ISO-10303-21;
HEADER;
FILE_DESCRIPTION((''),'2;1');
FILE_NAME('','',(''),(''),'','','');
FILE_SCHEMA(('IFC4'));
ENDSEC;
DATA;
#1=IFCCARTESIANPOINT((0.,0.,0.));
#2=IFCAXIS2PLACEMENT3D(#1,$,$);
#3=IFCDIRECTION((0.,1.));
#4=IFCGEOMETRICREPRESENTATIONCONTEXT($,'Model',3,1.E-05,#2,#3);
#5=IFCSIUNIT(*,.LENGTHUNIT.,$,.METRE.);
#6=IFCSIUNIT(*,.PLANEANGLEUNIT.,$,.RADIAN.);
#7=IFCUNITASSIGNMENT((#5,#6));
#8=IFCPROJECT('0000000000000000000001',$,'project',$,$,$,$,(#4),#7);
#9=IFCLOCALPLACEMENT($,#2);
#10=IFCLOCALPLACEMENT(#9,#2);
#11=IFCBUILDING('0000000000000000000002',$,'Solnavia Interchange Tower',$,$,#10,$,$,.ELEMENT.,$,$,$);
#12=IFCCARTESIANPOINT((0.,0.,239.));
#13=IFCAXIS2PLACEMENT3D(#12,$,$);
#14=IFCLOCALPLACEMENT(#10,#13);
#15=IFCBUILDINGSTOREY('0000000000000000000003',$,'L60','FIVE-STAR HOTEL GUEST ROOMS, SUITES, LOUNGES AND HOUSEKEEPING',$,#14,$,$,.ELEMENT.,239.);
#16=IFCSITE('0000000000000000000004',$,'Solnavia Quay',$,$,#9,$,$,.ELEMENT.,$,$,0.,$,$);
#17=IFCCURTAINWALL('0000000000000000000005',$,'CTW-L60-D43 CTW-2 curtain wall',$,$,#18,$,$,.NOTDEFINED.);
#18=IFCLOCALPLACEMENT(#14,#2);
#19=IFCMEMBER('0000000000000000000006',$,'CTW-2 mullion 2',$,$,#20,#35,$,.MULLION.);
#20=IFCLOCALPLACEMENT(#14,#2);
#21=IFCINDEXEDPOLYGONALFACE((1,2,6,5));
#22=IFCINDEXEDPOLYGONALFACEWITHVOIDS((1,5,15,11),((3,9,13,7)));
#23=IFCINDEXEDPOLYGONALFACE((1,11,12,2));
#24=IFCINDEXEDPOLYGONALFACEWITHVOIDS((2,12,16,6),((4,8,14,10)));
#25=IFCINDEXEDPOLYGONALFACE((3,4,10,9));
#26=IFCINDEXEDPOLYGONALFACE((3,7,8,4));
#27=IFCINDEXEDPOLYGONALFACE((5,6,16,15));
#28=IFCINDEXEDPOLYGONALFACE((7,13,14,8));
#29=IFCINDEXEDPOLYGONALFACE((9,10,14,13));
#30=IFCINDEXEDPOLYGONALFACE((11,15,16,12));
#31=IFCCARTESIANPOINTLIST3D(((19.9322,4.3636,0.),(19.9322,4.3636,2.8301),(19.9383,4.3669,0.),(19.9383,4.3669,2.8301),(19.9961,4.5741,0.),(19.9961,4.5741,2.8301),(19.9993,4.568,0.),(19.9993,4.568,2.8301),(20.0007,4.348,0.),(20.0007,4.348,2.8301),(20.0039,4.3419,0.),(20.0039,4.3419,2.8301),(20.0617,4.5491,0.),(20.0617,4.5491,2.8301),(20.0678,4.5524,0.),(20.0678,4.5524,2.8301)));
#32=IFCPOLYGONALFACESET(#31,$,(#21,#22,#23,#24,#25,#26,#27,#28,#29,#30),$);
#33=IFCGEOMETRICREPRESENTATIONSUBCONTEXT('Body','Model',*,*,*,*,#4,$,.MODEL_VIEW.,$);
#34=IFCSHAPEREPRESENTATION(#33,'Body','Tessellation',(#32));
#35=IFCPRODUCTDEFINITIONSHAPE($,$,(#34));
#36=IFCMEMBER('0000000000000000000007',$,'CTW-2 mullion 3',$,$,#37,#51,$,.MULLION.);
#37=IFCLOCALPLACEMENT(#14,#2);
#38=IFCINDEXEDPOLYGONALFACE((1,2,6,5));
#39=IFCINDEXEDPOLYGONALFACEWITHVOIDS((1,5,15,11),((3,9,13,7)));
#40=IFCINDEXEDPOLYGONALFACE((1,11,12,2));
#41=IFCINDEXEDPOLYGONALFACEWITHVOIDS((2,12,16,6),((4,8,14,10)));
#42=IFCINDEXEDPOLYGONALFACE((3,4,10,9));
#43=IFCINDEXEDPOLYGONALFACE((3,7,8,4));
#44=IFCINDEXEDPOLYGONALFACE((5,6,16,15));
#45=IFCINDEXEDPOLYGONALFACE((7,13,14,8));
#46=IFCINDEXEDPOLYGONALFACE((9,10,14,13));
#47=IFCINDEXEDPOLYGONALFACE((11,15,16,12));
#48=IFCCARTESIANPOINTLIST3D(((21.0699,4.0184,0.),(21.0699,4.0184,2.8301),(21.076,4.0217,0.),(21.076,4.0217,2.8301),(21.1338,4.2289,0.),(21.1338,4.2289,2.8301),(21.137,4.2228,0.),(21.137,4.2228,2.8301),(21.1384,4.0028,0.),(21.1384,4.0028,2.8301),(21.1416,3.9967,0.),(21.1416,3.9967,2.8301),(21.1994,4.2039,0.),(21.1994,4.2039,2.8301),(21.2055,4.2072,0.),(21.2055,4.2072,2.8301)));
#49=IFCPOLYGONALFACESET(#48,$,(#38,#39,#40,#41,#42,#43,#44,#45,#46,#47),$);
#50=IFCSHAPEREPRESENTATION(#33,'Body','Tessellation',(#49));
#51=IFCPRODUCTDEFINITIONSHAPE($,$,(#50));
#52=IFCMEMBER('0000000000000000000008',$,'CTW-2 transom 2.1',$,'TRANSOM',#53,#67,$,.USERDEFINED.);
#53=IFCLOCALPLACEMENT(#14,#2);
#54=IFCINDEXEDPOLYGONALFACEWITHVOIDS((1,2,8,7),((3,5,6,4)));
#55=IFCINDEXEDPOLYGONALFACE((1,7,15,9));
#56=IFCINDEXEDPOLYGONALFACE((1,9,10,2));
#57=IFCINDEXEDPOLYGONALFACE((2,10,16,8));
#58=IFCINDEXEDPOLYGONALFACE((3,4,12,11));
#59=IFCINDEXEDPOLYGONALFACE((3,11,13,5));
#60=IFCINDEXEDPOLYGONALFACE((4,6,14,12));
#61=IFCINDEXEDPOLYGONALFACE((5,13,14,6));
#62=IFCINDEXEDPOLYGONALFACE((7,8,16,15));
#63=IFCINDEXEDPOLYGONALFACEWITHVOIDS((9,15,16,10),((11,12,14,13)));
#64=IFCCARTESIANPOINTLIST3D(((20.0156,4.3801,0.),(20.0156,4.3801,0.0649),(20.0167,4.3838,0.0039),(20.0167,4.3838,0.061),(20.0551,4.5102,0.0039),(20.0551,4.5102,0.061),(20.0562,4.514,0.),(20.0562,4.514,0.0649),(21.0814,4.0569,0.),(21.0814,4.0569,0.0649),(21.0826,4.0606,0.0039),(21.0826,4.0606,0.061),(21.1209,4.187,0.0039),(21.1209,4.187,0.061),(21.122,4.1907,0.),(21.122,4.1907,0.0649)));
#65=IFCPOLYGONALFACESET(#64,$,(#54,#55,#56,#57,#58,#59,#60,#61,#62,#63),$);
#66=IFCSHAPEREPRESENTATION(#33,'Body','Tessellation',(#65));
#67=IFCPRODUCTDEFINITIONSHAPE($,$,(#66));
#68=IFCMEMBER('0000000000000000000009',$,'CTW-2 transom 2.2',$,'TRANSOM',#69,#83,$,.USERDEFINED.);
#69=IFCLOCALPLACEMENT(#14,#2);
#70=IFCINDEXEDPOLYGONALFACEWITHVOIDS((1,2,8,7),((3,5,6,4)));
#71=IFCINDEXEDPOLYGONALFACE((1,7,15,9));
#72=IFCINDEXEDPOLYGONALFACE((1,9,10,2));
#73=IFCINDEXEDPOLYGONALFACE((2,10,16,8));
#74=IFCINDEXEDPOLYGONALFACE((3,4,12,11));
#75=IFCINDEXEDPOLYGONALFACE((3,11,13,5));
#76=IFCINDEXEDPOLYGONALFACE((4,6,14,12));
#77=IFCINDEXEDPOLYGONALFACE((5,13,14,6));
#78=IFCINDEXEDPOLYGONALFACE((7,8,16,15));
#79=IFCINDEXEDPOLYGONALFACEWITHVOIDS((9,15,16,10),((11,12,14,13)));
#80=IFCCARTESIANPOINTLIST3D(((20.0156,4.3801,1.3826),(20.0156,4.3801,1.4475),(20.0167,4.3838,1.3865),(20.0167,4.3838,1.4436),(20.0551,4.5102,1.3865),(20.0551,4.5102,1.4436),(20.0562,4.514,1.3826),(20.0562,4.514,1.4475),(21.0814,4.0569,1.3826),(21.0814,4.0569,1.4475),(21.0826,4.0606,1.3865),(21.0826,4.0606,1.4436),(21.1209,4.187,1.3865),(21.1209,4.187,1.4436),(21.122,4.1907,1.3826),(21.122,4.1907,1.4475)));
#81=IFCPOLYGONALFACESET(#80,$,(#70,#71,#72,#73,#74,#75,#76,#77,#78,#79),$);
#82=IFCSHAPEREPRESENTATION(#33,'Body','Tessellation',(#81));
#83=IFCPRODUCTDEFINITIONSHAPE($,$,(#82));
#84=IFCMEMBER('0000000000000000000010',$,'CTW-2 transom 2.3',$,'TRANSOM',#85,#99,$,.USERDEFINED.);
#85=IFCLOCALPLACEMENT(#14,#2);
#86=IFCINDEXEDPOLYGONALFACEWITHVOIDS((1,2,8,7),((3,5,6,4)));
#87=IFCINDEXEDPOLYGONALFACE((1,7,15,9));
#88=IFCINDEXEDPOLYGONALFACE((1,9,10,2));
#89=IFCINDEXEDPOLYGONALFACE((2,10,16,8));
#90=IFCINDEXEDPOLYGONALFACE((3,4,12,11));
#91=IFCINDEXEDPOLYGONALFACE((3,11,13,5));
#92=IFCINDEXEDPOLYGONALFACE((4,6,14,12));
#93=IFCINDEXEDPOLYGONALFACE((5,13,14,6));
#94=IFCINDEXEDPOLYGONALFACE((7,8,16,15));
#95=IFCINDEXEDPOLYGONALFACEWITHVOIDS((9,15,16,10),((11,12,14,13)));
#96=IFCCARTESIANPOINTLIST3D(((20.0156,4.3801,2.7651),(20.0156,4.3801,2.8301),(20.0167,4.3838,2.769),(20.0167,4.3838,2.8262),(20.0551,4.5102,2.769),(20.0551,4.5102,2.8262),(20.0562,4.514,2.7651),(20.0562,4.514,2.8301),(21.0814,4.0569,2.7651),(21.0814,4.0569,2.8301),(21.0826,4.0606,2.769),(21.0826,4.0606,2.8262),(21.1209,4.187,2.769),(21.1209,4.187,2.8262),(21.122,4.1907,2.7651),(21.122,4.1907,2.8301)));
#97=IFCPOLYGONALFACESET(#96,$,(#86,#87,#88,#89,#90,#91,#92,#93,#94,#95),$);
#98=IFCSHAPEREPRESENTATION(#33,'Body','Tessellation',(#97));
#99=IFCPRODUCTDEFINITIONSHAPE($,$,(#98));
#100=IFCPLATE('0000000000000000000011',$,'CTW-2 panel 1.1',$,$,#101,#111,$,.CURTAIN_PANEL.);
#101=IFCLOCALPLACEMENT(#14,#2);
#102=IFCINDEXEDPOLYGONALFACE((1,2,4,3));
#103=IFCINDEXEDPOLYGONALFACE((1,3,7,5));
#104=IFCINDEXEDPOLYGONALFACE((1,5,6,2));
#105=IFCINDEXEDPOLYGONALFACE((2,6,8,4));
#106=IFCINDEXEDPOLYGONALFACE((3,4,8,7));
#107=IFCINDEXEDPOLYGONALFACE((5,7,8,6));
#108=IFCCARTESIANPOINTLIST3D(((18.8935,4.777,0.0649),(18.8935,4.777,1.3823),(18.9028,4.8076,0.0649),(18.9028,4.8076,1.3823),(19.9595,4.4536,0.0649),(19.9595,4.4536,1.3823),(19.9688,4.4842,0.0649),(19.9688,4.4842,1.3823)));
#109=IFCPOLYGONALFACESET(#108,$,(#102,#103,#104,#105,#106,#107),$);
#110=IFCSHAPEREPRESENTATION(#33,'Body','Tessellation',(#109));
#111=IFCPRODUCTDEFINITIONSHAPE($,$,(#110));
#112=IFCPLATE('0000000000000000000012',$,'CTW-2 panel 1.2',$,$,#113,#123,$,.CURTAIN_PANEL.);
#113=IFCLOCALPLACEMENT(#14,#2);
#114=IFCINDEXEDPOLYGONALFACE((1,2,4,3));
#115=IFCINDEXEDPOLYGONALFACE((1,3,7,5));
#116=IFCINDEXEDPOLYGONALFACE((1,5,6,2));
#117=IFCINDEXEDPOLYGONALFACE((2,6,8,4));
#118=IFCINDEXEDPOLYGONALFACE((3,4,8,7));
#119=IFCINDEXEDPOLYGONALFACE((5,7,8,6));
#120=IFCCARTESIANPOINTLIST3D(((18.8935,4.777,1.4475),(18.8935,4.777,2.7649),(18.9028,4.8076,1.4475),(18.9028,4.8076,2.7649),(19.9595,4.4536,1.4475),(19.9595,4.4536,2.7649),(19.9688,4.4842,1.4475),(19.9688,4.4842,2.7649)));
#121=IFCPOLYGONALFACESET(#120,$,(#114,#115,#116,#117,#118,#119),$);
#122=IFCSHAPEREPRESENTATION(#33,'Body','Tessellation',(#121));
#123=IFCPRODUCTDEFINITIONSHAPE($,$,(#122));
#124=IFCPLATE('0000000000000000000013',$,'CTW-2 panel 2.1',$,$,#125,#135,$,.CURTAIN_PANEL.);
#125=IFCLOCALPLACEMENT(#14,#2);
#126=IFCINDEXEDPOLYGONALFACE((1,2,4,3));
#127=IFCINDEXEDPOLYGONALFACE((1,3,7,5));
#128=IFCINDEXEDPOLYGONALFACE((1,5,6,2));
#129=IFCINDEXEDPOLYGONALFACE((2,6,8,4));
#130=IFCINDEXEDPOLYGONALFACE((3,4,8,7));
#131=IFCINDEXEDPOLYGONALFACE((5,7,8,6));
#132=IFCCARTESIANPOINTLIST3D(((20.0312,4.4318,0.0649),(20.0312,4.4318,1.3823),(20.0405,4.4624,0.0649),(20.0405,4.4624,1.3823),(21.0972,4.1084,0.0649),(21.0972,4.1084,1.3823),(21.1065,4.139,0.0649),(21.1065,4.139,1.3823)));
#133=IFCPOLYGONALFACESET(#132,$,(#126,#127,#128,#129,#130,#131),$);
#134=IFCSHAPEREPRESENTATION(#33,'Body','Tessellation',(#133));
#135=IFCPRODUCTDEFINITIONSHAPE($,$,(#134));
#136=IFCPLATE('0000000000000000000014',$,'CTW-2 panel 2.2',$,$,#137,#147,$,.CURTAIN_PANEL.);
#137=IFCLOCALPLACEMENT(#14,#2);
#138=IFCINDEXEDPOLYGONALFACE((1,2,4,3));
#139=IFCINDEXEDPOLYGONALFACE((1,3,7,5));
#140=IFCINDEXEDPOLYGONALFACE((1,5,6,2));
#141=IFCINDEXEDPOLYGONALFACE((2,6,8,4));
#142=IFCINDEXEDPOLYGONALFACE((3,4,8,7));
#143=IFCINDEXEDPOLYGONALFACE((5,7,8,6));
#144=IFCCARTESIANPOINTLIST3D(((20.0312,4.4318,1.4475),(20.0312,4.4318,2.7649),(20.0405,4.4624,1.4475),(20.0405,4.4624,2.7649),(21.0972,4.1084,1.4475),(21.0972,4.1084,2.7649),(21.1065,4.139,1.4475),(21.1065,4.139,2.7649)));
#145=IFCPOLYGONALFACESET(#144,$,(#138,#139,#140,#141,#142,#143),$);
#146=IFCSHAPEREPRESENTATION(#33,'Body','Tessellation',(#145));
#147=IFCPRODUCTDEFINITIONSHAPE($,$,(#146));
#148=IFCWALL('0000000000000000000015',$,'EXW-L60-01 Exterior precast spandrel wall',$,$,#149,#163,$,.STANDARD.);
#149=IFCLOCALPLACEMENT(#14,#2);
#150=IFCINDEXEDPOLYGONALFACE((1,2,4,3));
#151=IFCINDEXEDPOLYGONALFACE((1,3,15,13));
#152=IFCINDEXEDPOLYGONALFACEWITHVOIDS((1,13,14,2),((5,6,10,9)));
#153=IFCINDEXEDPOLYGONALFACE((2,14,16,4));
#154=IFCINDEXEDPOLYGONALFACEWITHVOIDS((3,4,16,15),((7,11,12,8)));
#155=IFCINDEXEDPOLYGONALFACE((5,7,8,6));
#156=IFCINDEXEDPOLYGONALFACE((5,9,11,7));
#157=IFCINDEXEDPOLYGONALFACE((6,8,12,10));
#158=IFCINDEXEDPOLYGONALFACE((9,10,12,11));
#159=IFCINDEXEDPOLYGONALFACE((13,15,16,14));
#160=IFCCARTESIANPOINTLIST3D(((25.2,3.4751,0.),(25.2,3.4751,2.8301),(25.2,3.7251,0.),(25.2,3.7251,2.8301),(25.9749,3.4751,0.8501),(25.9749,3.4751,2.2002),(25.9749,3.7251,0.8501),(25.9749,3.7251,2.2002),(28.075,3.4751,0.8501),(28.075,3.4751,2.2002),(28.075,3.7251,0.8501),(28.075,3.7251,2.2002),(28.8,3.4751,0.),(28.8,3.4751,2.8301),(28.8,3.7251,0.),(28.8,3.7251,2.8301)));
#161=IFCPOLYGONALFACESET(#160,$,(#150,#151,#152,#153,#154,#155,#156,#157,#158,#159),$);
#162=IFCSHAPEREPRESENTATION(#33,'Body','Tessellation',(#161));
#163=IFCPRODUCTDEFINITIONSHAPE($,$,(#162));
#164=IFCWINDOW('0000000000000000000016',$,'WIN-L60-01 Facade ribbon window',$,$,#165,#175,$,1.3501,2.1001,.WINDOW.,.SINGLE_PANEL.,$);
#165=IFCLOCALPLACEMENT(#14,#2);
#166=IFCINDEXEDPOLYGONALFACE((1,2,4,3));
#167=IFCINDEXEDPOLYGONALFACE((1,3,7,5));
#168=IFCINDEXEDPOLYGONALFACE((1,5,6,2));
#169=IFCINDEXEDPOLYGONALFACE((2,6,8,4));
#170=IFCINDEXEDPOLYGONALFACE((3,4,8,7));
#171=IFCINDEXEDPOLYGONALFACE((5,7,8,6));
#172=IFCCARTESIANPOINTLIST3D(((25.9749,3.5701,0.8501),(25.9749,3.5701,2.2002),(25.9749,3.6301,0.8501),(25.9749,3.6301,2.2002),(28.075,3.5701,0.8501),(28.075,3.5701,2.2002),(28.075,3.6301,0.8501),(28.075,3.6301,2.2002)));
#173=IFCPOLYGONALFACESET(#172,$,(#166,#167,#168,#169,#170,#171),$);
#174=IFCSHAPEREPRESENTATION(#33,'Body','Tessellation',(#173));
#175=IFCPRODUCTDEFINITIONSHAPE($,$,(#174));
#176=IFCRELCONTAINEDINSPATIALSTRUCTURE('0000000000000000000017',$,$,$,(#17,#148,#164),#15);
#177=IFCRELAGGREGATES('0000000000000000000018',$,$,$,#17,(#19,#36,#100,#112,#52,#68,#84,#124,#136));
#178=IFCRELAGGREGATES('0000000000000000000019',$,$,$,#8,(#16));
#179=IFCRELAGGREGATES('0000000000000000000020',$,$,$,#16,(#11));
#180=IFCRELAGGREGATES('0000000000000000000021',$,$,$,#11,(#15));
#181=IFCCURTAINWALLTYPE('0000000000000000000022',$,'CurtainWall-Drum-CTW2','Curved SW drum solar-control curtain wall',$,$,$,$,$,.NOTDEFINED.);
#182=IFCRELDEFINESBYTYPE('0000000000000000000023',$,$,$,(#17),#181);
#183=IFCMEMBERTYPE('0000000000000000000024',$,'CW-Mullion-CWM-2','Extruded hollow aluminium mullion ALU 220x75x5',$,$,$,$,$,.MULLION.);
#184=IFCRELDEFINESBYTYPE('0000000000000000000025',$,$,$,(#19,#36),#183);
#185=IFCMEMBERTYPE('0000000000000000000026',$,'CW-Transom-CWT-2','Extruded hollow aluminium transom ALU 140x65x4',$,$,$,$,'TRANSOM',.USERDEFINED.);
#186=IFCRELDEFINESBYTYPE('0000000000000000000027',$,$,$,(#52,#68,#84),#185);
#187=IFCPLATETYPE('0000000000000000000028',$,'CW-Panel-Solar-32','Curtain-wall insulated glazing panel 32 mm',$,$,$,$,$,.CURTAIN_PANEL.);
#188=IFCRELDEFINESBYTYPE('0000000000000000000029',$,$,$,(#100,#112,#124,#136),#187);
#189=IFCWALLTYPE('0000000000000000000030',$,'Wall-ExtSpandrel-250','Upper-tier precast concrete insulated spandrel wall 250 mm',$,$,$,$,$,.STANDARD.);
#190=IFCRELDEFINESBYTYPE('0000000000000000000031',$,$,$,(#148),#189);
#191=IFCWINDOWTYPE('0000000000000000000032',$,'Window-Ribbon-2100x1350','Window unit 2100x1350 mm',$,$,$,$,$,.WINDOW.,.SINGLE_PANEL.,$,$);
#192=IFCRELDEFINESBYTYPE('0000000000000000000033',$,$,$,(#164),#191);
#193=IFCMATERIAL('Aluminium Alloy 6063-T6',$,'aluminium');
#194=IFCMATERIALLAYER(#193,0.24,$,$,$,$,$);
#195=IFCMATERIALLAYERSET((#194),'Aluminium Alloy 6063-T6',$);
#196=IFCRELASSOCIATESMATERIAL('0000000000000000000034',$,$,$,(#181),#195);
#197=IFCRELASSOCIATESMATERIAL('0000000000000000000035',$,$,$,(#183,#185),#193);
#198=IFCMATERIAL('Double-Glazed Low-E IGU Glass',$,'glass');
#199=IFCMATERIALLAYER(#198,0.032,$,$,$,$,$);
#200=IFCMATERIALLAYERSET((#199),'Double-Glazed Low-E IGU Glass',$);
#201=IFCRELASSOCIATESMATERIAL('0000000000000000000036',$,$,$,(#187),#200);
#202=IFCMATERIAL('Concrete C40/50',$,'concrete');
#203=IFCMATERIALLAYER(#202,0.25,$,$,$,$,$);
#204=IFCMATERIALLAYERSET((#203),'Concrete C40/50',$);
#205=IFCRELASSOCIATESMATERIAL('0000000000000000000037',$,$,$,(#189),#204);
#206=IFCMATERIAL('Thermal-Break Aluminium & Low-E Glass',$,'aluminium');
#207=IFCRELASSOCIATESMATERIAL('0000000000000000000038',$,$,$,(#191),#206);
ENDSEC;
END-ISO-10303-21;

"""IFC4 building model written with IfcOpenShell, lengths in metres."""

from ifc_helpers import new_model, si_unit, direction, frame, frame_2d, origin, origin_2d, place, context, subcontext, project, spatial, rectangle, hollow_rectangle, extrude, material, layer, layer_set, material_profile, profile_set, type_object, element, fill, aggregate, save


model = new_model("IFC4")

# Units and contexts
model_context = context("Model", 3, precision=1e-05, world=origin(), true_north=direction((0.0, 1.0)))
body_context = subcontext(model_context, "Body", "Model", "MODEL_VIEW")
ifc_project = project(units=[si_unit("LENGTHUNIT", "METRE"), si_unit("PLANEANGLEUNIT", "RADIAN")], contexts=[model_context])

# Site, building, storey
site_placement = place(None, origin())
site = spatial("IfcSite", under=ifc_project, at=site_placement, Name="Solnavia Quay", CompositionType="ELEMENT", RefElevation=0.0)
building_placement = place(site_placement, origin())
building = spatial("IfcBuilding", under=site, at=building_placement, Name="Solnavia Interchange Tower", CompositionType="ELEMENT")
storey_placement = place(building_placement, frame((0.0, 0.0, 239.0)))
storey = spatial("IfcBuildingStorey", under=building, at=storey_placement, Name="L60", Description="FIVE-STAR HOTEL GUEST ROOMS, SUITES, LOUNGES AND HOUSEKEEPING", CompositionType="ELEMENT", Elevation=239.0)

# Curtain wall, members, plates
ifc_material_1 = material(Name="Aluminium Alloy 6063-T6", Category="aluminium")
ifc_layer_1 = layer(ifc_material_1, 0.24)
ifc_layer_set_1 = layer_set([ifc_layer_1], Name="Aluminium Alloy 6063-T6")
curtain_wall_type = type_object("IfcCurtainWallType", Name="CurtainWall-Drum-CTW2", Description="Curved SW drum solar-control curtain wall", PredefinedType="NOTDEFINED", material=ifc_layer_set_1)
curtain_wall_placement = place(storey_placement, origin())
curtain_wall = element("IfcCurtainWall", 1, at=curtain_wall_placement, inside=storey, type_object=curtain_wall_type, Name="CTW-L60-D43 CTW-2 curtain wall", PredefinedType="NOTDEFINED")
ifc_material_profile_1 = material_profile(ifc_material_1, hollow_rectangle(XDim=0.075, YDim=0.22, WallThickness=0.0049, at=origin_2d()), Name="ALU 220x75x5")
ifc_profile_set_1 = profile_set([ifc_material_profile_1], Name="Aluminium Alloy 6063-T6")
member_type_1 = type_object("IfcMemberType", Name="CW-Mullion-CWM-2", Description="Extruded hollow aluminium mullion ALU 220x75x5", PredefinedType="MULLION", material=ifc_profile_set_1)
member_1_placement = place(storey_placement, frame((20.0, 4.458, 0.0), z_axis=(0.0, 0.0, 1.0), x_axis=(0.956942, -0.290279, 0.0)))
member_1 = element("IfcMember", 2, at=member_1_placement, type_object=member_type_1, Name="CTW-2 mullion 2", PredefinedType="MULLION", context=body_context, shape_type="SweptSolid", body=[
    extrude(hollow_rectangle(XDim=0.075, YDim=0.22, WallThickness=0.0049, at=origin_2d()), origin(), (0.0, 0.0, 1.0), 2.8301),
])
member_2_placement = place(storey_placement, frame((21.1377, 4.1128, 0.0), z_axis=(0.0, 0.0, 1.0), x_axis=(0.956942, -0.290279, 0.0)))
member_2 = element("IfcMember", 3, at=member_2_placement, type_object=member_type_1, Name="CTW-2 mullion 3", PredefinedType="MULLION", context=body_context, shape_type="SweptSolid", body=[
    extrude(hollow_rectangle(XDim=0.075, YDim=0.22, WallThickness=0.0049, at=origin_2d()), origin(), (0.0, 0.0, 1.0), 2.8301),
])
ifc_material_profile_2 = material_profile(ifc_material_1, hollow_rectangle(XDim=0.0649, YDim=0.1399, WallThickness=0.0039, at=origin_2d()), Name="ALU 140x65x4")
ifc_profile_set_2 = profile_set([ifc_material_profile_2], Name="Aluminium Alloy 6063-T6")
member_type_2 = type_object("IfcMemberType", Name="CW-Transom-CWT-2", Description="Extruded hollow aluminium transom ALU 140x65x4", ElementType="TRANSOM", PredefinedType="USERDEFINED", material=ifc_profile_set_2)
member_3_placement = place(storey_placement, frame((20.0359, 4.447, 0.0325), z_axis=(0.956965, -0.290202, 0.0), x_axis=(0.0, 0.0, 1.0)))
member_3 = element("IfcMember", 4, at=member_3_placement, type_object=member_type_2, Name="CTW-2 transom 2.1", ObjectType="TRANSOM", PredefinedType="USERDEFINED", context=body_context, shape_type="SweptSolid", body=[
    extrude(hollow_rectangle(XDim=0.0649, YDim=0.1399, WallThickness=0.0039, at=origin_2d()), origin(), (0.0, 0.0, 1.0), 1.1138),
])
member_4_placement = place(storey_placement, frame((20.0359, 4.447, 1.415), z_axis=(0.956965, -0.290202, 0.0), x_axis=(0.0, 0.0, 1.0)))
member_4 = element("IfcMember", 5, at=member_4_placement, type_object=member_type_2, Name="CTW-2 transom 2.2", ObjectType="TRANSOM", PredefinedType="USERDEFINED", context=body_context, shape_type="SweptSolid", body=[
    extrude(hollow_rectangle(XDim=0.0649, YDim=0.1399, WallThickness=0.0039, at=origin_2d()), origin(), (0.0, 0.0, 1.0), 1.1138),
])
member_5_placement = place(storey_placement, frame((20.0359, 4.447, 2.7976), z_axis=(0.956965, -0.290202, 0.0), x_axis=(0.0, 0.0, 1.0)))
member_5 = element("IfcMember", 6, at=member_5_placement, type_object=member_type_2, Name="CTW-2 transom 2.3", ObjectType="TRANSOM", PredefinedType="USERDEFINED", context=body_context, shape_type="SweptSolid", body=[
    extrude(hollow_rectangle(XDim=0.0649, YDim=0.1399, WallThickness=0.0039, at=origin_2d()), origin(), (0.0, 0.0, 1.0), 1.1138),
])
ifc_material_2 = material(Name="Double-Glazed Low-E IGU Glass", Category="glass")
ifc_layer_2 = layer(ifc_material_2, 0.032)
ifc_layer_set_2 = layer_set([ifc_layer_2], Name="Double-Glazed Low-E IGU Glass")
plate_type = type_object("IfcPlateType", Name="CW-Panel-Solar-32", Description="Curtain-wall insulated glazing panel 32 mm", PredefinedType="CURTAIN_PANEL", material=ifc_layer_set_2)
plate_1_placement = place(storey_placement, frame((19.4312, 4.6306, 0.0649), z_axis=(0.0, 0.0, 1.0), x_axis=(0.956942, -0.290279, 0.0)))
plate_1 = element("IfcPlate", 7, at=plate_1_placement, type_object=plate_type, Name="CTW-2 panel 1.1", PredefinedType="CURTAIN_PANEL", context=body_context, shape_type="SweptSolid", body=[
    extrude(rectangle(XDim=1.114, YDim=0.032, at=origin_2d()), origin(), (0.0, 0.0, 1.0), 1.3174),
])
plate_2_placement = place(storey_placement, frame((19.4312, 4.6306, 1.4475), z_axis=(0.0, 0.0, 1.0), x_axis=(0.956942, -0.290279, 0.0)))
plate_2 = element("IfcPlate", 8, at=plate_2_placement, type_object=plate_type, Name="CTW-2 panel 1.2", PredefinedType="CURTAIN_PANEL", context=body_context, shape_type="SweptSolid", body=[
    extrude(rectangle(XDim=1.114, YDim=0.032, at=origin_2d()), origin(), (0.0, 0.0, 1.0), 1.3174),
])
plate_3_placement = place(storey_placement, frame((20.5688, 4.2854, 0.0649), z_axis=(0.0, 0.0, 1.0), x_axis=(0.956942, -0.290279, 0.0)))
plate_3 = element("IfcPlate", 9, at=plate_3_placement, type_object=plate_type, Name="CTW-2 panel 2.1", PredefinedType="CURTAIN_PANEL", context=body_context, shape_type="SweptSolid", body=[
    extrude(rectangle(XDim=1.114, YDim=0.032, at=origin_2d()), origin(), (0.0, 0.0, 1.0), 1.3174),
])
plate_4_placement = place(storey_placement, frame((20.5688, 4.2854, 1.4475), z_axis=(0.0, 0.0, 1.0), x_axis=(0.956942, -0.290279, 0.0)))
plate_4 = element("IfcPlate", 10, at=plate_4_placement, type_object=plate_type, Name="CTW-2 panel 2.2", PredefinedType="CURTAIN_PANEL", context=body_context, shape_type="SweptSolid", body=[
    extrude(rectangle(XDim=1.114, YDim=0.032, at=origin_2d()), origin(), (0.0, 0.0, 1.0), 1.3174),
])
aggregate(curtain_wall, [member_1, member_2, plate_1, plate_2, member_3, member_4, member_5, plate_3, plate_4])

# Wall, opening, window
ifc_material_3 = material(Name="Concrete C40/50", Category="concrete")
ifc_layer_3 = layer(ifc_material_3, 0.25)
ifc_layer_set_3 = layer_set([ifc_layer_3], Name="Concrete C40/50")
wall_type = type_object("IfcWallType", Name="Wall-ExtSpandrel-250", Description="Upper-tier precast concrete insulated spandrel wall 250 mm", PredefinedType="STANDARD", material=ifc_layer_set_3)
wall_1_placement = place(storey_placement, frame((28.8, 3.6001, 0.0), z_axis=(0.0, 0.0, 1.0), x_axis=(-1.0, 0.0, 0.0)))
wall_1 = element("IfcWall", 11, at=wall_1_placement, inside=storey, type_object=wall_type, Name="EXW-L60-01 Exterior precast spandrel wall", PredefinedType="STANDARD", context=body_context, shape_type="SweptSolid", body=[
    extrude(rectangle(XDim=3.6001, YDim=0.25, at=frame_2d((1.8, 0.0))), origin(), (0.0, 0.0, 1.0), 2.8301),
])
opening_1_placement = place(wall_1_placement, frame((0.7251, 0.0, 0.8501)))
opening_1 = element("IfcOpeningElement", 12, at=opening_1_placement, cuts=wall_1, PredefinedType="OPENING", context=body_context, shape_type="SweptSolid", body=[
    extrude(rectangle(XDim=2.1001, YDim=1.3501, at=frame_2d((1.05, 0.675))), frame((0.0, 0.135, 0.0), z_axis=(0.0, -1.0, 0.0), x_axis=(1.0, 0.0, 0.0)), (0.0, 0.0, 1.0), 0.27),
])
ifc_material_4 = material(Name="Thermal-Break Aluminium & Low-E Glass", Category="aluminium")
window_type_1 = type_object("IfcWindowType", Name="Window-Ribbon-2100x1350", Description="Window unit 2100x1350 mm", PartitioningType="SINGLE_PANEL", PredefinedType="WINDOW", material=ifc_material_4)
window_1_placement = place(opening_1_placement, origin())
window_1 = element("IfcWindow", 13, at=window_1_placement, inside=storey, type_object=window_type_1, Name="WIN-L60-01 Facade ribbon window", OverallHeight=1.3501, OverallWidth=2.1001, PartitioningType="SINGLE_PANEL", PredefinedType="WINDOW", context=body_context, shape_type="SweptSolid", body=[
    extrude(rectangle(XDim=2.1001, YDim=1.3501, at=frame_2d((1.05, 0.675))), frame((0.0, 0.03, 0.0), z_axis=(0.0, -1.0, 0.0), x_axis=(1.0, 0.0, 0.0)), (0.0, 0.0, 1.0), 0.0601),
])
fill(opening_1, window_1)

save(model, "model.ifc")
